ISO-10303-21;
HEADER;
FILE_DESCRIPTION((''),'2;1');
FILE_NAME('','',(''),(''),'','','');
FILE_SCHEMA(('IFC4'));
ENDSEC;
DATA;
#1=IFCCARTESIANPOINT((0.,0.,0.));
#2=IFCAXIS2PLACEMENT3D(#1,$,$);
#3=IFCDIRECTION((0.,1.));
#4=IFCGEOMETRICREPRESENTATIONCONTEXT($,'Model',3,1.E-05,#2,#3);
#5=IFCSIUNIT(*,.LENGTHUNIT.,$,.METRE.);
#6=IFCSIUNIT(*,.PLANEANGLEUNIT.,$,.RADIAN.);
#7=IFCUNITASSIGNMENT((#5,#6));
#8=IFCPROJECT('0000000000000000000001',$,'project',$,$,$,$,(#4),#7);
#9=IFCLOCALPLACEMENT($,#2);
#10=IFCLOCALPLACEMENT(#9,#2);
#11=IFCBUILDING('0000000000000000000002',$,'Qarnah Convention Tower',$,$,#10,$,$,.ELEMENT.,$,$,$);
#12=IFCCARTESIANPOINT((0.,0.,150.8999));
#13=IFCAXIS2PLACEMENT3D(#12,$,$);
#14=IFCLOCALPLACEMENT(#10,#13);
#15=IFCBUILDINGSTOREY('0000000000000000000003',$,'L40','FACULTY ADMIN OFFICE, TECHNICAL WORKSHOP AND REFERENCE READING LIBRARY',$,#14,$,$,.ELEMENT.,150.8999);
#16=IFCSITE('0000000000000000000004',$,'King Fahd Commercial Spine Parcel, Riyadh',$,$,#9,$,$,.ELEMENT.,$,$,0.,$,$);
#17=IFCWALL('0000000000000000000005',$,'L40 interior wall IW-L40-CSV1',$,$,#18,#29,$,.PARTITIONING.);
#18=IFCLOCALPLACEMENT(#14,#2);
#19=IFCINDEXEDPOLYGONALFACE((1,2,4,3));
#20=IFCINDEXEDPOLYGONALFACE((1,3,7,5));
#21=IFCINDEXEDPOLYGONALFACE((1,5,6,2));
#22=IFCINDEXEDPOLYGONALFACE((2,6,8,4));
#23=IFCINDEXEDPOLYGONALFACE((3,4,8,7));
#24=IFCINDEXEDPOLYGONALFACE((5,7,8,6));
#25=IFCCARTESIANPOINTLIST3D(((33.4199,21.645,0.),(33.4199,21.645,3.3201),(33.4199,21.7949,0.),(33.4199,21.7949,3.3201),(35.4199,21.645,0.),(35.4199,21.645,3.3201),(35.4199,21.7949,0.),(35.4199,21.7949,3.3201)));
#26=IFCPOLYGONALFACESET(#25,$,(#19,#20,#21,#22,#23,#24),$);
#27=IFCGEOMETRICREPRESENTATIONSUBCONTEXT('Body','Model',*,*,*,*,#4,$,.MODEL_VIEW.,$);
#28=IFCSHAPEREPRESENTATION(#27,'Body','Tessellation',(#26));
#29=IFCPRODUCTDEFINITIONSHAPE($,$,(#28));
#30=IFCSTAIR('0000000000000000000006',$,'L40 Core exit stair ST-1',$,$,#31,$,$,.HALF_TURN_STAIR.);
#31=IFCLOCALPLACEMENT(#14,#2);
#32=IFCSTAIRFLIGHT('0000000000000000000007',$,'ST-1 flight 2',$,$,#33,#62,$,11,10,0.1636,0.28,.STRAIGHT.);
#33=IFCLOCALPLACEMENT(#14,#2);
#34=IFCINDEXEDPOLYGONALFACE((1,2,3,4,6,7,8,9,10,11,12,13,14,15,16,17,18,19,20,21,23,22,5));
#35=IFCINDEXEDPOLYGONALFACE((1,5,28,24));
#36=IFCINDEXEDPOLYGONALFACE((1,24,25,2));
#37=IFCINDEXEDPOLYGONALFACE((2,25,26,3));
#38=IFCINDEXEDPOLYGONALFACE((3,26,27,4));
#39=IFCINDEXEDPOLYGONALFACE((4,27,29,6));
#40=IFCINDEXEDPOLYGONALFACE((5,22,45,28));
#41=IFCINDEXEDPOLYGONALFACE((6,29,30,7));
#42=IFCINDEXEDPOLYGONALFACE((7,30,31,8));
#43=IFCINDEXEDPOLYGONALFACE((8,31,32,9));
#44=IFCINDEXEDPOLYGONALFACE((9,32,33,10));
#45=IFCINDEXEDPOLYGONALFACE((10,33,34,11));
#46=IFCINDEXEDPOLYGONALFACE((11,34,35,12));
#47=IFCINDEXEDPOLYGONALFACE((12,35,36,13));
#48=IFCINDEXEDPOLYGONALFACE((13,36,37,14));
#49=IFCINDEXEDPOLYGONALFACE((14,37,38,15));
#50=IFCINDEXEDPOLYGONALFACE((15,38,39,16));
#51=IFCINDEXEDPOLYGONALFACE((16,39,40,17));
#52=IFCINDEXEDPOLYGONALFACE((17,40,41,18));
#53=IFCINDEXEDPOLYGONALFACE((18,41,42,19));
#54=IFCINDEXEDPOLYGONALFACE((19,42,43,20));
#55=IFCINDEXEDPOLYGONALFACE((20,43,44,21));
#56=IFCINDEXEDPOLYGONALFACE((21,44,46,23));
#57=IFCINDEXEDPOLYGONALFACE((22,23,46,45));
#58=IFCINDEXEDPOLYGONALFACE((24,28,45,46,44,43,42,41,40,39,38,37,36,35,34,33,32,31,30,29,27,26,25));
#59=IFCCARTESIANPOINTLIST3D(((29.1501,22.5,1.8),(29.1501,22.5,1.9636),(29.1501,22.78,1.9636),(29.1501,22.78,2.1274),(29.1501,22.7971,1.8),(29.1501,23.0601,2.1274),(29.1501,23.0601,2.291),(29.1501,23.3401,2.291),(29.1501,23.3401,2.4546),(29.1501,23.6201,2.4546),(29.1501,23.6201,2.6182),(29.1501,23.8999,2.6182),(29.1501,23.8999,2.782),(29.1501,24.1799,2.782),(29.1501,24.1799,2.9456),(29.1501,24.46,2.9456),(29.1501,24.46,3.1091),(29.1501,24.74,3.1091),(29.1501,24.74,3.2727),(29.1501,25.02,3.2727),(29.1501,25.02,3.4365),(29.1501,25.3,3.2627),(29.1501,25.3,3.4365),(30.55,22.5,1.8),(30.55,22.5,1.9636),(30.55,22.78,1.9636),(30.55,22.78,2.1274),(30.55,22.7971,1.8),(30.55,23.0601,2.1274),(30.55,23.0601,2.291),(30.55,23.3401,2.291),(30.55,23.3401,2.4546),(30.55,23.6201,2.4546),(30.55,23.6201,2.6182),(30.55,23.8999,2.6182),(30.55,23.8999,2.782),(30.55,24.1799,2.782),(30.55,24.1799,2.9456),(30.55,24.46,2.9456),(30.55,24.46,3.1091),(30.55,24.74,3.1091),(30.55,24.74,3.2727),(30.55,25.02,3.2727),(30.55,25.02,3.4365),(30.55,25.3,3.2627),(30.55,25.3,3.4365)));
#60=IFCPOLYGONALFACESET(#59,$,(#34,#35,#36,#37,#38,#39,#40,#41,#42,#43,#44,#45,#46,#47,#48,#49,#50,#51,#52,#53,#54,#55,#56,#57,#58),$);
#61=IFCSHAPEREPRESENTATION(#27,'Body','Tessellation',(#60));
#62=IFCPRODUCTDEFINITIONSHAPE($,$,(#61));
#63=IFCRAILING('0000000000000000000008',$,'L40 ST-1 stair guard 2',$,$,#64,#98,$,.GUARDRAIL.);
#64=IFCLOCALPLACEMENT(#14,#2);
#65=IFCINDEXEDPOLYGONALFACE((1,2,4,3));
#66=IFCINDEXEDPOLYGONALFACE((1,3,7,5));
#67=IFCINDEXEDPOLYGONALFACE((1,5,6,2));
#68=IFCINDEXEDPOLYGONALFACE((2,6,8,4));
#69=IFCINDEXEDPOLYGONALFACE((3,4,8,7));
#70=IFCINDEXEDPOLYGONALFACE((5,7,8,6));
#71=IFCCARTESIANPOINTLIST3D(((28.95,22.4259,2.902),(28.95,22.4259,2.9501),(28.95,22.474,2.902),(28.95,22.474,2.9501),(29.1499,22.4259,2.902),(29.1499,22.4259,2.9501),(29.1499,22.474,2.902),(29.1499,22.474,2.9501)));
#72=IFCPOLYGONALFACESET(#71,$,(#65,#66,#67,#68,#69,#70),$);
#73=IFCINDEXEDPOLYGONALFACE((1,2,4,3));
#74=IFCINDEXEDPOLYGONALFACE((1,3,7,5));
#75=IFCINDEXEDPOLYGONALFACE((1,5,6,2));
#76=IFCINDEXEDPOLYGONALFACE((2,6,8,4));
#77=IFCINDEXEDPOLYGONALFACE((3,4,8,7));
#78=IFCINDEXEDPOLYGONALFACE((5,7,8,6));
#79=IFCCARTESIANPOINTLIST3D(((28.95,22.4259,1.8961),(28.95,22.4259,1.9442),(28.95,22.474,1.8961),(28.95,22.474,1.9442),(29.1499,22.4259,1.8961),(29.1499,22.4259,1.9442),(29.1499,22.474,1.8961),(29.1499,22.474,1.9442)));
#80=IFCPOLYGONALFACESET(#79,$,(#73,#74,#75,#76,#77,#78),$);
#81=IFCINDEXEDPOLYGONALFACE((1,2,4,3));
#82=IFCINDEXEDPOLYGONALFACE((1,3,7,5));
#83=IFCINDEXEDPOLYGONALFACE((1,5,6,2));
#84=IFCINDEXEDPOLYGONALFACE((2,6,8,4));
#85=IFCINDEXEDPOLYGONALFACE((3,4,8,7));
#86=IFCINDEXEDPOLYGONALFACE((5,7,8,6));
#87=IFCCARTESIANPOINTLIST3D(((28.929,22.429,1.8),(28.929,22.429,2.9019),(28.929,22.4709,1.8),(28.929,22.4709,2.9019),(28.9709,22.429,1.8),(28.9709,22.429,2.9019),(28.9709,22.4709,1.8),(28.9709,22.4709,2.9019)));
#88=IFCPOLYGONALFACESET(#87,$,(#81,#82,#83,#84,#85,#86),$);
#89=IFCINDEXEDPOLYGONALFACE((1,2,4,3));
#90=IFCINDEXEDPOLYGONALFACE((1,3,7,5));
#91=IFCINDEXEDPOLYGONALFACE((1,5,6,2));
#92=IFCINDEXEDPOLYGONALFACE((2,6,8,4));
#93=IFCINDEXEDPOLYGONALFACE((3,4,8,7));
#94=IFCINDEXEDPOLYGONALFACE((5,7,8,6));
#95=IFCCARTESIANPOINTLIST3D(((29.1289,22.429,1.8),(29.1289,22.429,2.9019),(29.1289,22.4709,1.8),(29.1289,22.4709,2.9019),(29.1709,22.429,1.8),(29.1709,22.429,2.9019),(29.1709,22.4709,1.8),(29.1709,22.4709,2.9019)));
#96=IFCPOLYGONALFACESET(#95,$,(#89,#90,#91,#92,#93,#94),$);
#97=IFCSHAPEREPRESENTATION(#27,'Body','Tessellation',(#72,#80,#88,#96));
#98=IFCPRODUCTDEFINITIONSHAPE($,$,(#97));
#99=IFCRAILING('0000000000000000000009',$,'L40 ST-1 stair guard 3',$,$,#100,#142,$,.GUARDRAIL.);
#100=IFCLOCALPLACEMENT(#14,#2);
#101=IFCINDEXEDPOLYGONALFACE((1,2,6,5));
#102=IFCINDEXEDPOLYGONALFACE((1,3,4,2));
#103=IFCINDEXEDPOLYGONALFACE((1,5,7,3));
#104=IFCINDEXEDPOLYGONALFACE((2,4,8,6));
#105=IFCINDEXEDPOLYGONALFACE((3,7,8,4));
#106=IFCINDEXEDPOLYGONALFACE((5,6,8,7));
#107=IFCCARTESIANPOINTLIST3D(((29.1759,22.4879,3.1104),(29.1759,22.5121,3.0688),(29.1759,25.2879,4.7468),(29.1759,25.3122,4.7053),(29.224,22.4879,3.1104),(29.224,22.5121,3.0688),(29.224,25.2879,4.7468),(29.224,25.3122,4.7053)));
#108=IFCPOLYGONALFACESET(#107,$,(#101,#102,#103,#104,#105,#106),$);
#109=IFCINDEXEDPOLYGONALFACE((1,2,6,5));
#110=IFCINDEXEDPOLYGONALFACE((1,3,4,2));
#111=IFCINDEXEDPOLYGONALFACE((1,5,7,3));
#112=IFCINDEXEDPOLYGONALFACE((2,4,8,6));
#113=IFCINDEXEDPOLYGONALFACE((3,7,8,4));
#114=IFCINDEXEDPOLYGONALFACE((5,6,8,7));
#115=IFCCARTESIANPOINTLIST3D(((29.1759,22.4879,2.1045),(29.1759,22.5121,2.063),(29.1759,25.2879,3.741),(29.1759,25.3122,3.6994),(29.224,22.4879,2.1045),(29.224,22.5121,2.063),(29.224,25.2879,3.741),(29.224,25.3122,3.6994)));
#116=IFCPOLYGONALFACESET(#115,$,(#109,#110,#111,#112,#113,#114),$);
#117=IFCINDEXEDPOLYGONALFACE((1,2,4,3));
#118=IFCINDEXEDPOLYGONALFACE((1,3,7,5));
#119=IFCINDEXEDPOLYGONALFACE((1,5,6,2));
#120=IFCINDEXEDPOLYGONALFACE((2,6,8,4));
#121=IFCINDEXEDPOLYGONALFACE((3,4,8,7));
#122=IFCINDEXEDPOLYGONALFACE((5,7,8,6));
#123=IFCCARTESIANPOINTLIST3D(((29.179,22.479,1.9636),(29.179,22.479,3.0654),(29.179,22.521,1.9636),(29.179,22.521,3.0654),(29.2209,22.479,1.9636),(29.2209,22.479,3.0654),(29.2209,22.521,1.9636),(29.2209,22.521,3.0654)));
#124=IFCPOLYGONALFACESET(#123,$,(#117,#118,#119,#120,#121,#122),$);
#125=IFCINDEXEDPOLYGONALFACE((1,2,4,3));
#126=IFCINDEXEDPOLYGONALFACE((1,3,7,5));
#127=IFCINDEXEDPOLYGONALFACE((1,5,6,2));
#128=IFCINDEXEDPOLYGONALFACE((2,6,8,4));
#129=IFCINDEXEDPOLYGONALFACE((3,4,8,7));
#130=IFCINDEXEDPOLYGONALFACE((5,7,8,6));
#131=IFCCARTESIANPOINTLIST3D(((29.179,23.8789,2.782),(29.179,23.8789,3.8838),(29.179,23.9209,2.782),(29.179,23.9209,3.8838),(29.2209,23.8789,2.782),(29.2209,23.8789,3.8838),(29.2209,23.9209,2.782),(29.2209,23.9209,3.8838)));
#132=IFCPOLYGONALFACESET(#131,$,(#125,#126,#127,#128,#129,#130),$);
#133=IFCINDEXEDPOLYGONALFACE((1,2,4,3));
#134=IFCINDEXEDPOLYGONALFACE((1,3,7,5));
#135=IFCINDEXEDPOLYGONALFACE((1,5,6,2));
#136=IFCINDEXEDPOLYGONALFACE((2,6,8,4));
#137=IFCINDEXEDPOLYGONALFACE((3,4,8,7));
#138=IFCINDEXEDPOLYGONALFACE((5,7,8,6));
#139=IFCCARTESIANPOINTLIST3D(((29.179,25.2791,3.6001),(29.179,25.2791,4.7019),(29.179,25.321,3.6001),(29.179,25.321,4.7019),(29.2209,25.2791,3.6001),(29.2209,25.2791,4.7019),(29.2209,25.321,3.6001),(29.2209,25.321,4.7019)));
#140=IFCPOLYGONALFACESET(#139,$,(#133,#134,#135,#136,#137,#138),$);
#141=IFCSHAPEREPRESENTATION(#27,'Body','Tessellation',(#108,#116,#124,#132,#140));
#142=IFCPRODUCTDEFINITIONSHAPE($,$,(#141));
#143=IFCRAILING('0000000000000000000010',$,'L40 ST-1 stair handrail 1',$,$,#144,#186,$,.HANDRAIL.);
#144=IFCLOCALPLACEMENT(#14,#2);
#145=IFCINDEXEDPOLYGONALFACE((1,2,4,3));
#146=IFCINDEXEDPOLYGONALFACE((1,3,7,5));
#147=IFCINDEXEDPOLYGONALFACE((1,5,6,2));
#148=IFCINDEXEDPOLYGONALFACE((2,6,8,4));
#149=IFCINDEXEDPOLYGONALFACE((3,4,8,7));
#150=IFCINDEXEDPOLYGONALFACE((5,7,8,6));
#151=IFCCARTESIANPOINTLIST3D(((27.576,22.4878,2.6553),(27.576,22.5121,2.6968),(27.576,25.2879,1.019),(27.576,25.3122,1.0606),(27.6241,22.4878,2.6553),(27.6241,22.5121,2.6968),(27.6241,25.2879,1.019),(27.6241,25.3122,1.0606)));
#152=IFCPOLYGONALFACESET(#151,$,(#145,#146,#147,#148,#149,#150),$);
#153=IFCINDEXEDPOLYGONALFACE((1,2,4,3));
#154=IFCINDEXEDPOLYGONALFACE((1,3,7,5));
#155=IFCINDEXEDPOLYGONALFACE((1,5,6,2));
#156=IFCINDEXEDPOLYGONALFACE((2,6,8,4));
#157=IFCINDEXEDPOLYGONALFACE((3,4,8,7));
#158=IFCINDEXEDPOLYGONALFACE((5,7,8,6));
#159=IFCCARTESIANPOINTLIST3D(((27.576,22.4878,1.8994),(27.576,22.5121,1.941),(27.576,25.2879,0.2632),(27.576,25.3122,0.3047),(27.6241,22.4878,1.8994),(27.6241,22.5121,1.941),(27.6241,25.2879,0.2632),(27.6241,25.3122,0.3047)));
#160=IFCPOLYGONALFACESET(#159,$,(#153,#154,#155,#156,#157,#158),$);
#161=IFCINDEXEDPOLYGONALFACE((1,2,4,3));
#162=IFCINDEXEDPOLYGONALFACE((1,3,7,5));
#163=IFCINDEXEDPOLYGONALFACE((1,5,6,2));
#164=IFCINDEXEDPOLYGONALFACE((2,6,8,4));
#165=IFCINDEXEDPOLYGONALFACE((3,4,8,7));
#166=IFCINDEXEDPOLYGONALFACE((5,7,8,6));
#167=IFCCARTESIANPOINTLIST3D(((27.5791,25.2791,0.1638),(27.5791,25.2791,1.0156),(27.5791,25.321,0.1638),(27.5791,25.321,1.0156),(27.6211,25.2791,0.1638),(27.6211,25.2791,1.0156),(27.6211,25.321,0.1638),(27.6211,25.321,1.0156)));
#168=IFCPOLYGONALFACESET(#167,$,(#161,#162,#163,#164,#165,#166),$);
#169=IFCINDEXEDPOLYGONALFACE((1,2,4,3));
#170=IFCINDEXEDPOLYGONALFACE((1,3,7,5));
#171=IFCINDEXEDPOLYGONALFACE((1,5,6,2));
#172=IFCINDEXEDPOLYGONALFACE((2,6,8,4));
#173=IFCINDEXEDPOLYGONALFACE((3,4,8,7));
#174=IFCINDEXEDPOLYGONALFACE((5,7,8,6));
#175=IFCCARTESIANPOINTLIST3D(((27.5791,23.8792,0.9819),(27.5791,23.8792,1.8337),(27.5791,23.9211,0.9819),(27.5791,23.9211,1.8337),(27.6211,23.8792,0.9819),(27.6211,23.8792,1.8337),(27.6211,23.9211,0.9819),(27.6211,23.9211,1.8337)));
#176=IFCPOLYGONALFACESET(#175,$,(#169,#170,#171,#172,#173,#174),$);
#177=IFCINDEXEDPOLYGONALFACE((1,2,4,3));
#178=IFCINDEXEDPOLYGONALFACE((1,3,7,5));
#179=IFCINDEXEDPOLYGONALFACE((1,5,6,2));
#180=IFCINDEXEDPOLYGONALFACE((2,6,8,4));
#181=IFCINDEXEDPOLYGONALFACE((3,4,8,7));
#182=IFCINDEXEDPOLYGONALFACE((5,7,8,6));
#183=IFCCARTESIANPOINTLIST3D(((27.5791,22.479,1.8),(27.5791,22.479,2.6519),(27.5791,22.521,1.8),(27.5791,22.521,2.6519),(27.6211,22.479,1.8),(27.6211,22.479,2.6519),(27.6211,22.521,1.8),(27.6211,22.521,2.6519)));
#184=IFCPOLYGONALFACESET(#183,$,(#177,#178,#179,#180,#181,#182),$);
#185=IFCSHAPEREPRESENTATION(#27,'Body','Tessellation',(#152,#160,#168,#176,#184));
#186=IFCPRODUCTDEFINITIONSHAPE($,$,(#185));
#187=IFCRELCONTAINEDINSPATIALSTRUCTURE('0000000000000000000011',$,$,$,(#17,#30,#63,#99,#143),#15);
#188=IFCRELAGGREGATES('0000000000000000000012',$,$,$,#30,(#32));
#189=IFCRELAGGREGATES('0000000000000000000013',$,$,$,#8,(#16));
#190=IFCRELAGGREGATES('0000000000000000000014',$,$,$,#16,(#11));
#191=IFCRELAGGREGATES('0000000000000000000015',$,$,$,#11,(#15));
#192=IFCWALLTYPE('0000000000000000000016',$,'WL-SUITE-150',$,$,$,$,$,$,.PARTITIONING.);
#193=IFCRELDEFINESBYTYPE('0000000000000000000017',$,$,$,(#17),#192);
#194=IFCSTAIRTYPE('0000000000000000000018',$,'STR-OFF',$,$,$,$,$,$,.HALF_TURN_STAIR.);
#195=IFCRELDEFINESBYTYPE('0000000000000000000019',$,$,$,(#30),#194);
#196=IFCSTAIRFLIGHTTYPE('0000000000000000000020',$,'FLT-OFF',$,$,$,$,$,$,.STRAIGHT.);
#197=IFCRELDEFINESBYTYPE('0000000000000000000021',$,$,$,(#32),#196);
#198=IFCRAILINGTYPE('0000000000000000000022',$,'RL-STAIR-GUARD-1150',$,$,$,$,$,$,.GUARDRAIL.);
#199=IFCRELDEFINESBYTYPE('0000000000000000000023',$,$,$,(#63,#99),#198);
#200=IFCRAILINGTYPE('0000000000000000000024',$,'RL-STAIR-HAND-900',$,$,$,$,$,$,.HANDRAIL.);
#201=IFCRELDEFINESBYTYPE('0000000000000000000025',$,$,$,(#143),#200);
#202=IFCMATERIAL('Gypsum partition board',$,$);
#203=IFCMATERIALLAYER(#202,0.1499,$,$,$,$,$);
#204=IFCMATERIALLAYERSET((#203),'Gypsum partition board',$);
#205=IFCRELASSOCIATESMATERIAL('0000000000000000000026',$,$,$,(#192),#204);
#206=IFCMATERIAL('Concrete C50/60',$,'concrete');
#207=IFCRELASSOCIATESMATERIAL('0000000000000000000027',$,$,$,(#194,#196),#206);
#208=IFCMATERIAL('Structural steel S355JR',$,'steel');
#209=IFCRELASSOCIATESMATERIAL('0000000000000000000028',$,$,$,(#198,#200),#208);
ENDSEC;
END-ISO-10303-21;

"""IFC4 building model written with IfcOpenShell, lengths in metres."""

from ifc_helpers import new_model, si_unit, direction, frame, frame_2d, origin, origin_2d, place, context, subcontext, project, spatial, polyline, rectangle, outline, extrude, material, layer, layer_set, type_object, element, aggregate, save


model = new_model("IFC4")

# Units and contexts
model_context = context("Model", 3, precision=1e-05, world=origin(), true_north=direction((0.0, 1.0)))
body_context = subcontext(model_context, "Body", "Model", "MODEL_VIEW")
ifc_project = project(units=[si_unit("LENGTHUNIT", "METRE"), si_unit("PLANEANGLEUNIT", "RADIAN")], contexts=[model_context])

# Site, building, storey
site_placement = place(None, origin())
site = spatial("IfcSite", under=ifc_project, at=site_placement, Name="King Fahd Commercial Spine Parcel, Riyadh", CompositionType="ELEMENT", RefElevation=0.0)
building_placement = place(site_placement, origin())
building = spatial("IfcBuilding", under=site, at=building_placement, Name="Qarnah Convention Tower", CompositionType="ELEMENT")
storey_placement = place(building_placement, frame((0.0, 0.0, 150.8999)))
storey = spatial("IfcBuildingStorey", under=building, at=storey_placement, Name="L40", Description="FACULTY ADMIN OFFICE, TECHNICAL WORKSHOP AND REFERENCE READING LIBRARY", CompositionType="ELEMENT", Elevation=150.8999)

# Shared definitions
ifc_material_1 = material(Name="Structural steel S355JR", Category="steel")

# Wall
ifc_material_2 = material(Name="Gypsum partition board")
ifc_layer_1 = layer(ifc_material_2, 0.1499)
ifc_layer_set_1 = layer_set([ifc_layer_1], Name="Gypsum partition board")
wall_type_1 = type_object("IfcWallType", Name="WL-SUITE-150", PredefinedType="PARTITIONING", material=ifc_layer_set_1)
wall_1_placement = place(storey_placement, frame((33.4199, 21.72, 0.0), z_axis=(0.0, 0.0, 1.0), x_axis=(1.0, 0.0, 0.0)))
element("IfcWall", 1, at=wall_1_placement, inside=storey, type_object=wall_type_1, Name="L40 interior wall IW-L40-CSV1", PredefinedType="PARTITIONING", context=body_context, shape_type="SweptSolid", body=[
    extrude(rectangle(XDim=2.0, YDim=0.1499, at=frame_2d((1.0, 0.0))), origin(), (0.0, 0.0, 1.0), 3.3201),
])

# Stair, stair flight
ifc_material_3 = material(Name="Concrete C50/60", Category="concrete")
stair_type = type_object("IfcStairType", Name="STR-OFF", PredefinedType="HALF_TURN_STAIR", material=ifc_material_3)
stair_placement = place(storey_placement, origin())
stair = element("IfcStair", 2, at=stair_placement, inside=storey, type_object=stair_type, Name="L40 Core exit stair ST-1", PredefinedType="HALF_TURN_STAIR")
stair_flight_type = type_object("IfcStairFlightType", Name="FLT-OFF", PredefinedType="STRAIGHT", material=ifc_material_3)
stair_flight_placement = place(storey_placement, frame((29.8501, 22.5, 1.8), z_axis=(0.0, 0.0, 1.0), x_axis=(0.0, 1.0, 0.0)))
stair_flight = element("IfcStairFlight", 3, at=stair_flight_placement, type_object=stair_flight_type, Name="ST-1 flight 2", NumberOfRisers=11, NumberOfTreads=10, PredefinedType="STRAIGHT", RiserHeight=0.1636, TreadLength=0.28, context=body_context, shape_type="SweptSolid", body=[
    extrude(outline(polyline([(0.0, 0.0), (0.0, 0.1636), (0.28, 0.1636), (0.28, 0.3274), (0.5601, 0.3274), (0.5601, 0.491), (0.8401, 0.491), (0.8401, 0.6545), (1.1201, 0.6545), (1.1201, 0.8181), (1.3999, 0.8181), (1.3999, 0.9819), (1.6799, 0.9819), (1.6799, 1.1455), (1.96, 1.1455), (1.96, 1.3091), (2.24, 1.3091), (2.24, 1.4727), (2.52, 1.4727), (2.52, 1.6365), (2.8, 1.6365), (2.8, 1.8), (2.8, 1.4626), (0.2971, 0.0), (0.0, 0.0)])), frame((0.0, 0.7, 0.0), z_axis=(0.0, -1.0, 0.0), x_axis=(1.0, 0.0, 0.0)), (0.0, 0.0, 1.0), 1.3999),
])
aggregate(stair, [stair_flight])

# Railings
railing_type_1 = type_object("IfcRailingType", Name="RL-STAIR-GUARD-1150", PredefinedType="GUARDRAIL", material=ifc_material_1)
railing_1_placement = place(storey_placement, frame((28.95, 22.45, 1.8)))
element("IfcRailing", 4, at=railing_1_placement, inside=storey, type_object=railing_type_1, Name="L40 ST-1 stair guard 2", PredefinedType="GUARDRAIL", context=body_context, shape_type="SweptSolid", body=[
    extrude(rectangle(XDim=0.0481, YDim=0.0481, at=origin_2d()), frame((0.0, 0.0, 1.126), z_axis=(1.0, 0.0, 0.0), x_axis=(0.0, 1.0, 0.0)), (0.0, 0.0, 1.0), 0.2),
    extrude(rectangle(XDim=0.0481, YDim=0.0481, at=origin_2d()), frame((0.0, 0.0, 0.1201), z_axis=(1.0, 0.0, 0.0), x_axis=(0.0, 1.0, 0.0)), (0.0, 0.0, 1.0), 0.2),
    extrude(rectangle(XDim=0.042, YDim=0.042, at=origin_2d()), origin(), (0.0, 0.0, 1.0), 1.1018),
    extrude(rectangle(XDim=0.042, YDim=0.042, at=origin_2d()), frame((0.2, 0.0, 0.0)), (0.0, 0.0, 1.0), 1.1018),
])
railing_2_placement = place(storey_placement, frame((29.2, 22.5, 1.9636)))
element("IfcRailing", 5, at=railing_2_placement, inside=storey, type_object=railing_type_1, Name="L40 ST-1 stair guard 3", PredefinedType="GUARDRAIL", context=body_context, shape_type="SweptSolid", body=[
    extrude(rectangle(XDim=0.0481, YDim=0.0481, at=origin_2d()), frame((0.0, 0.0, 1.126), z_axis=(0.0, 0.863361, 0.504587), x_axis=(-1.0, 0.0, 0.0)), (0.0, 0.0, 1.0), 3.2432),
    extrude(rectangle(XDim=0.0481, YDim=0.0481, at=origin_2d()), frame((0.0, 0.0, 0.1201), z_axis=(0.0, 0.863361, 0.504587), x_axis=(-1.0, 0.0, 0.0)), (0.0, 0.0, 1.0), 3.2432),
    extrude(rectangle(XDim=0.042, YDim=0.042, at=origin_2d()), origin(), (0.0, 0.0, 1.0), 1.1018),
    extrude(rectangle(XDim=0.042, YDim=0.042, at=origin_2d()), frame((0.0, 1.3999, 0.8184)), (0.0, 0.0, 1.0), 1.1018),
    extrude(rectangle(XDim=0.042, YDim=0.042, at=origin_2d()), frame((0.0, 2.8, 1.6365)), (0.0, 0.0, 1.0), 1.1018),
])
railing_type_2 = type_object("IfcRailingType", Name="RL-STAIR-HAND-900", PredefinedType="HANDRAIL", material=ifc_material_1)
railing_3_placement = place(storey_placement, frame((27.6001, 25.3, 0.1638)))
element("IfcRailing", 6, at=railing_3_placement, inside=storey, type_object=railing_type_2, Name="L40 ST-1 stair handrail 1", PredefinedType="HANDRAIL", context=body_context, shape_type="SweptSolid", body=[
    extrude(rectangle(XDim=0.0481, YDim=0.0481, at=origin_2d()), frame((0.0, 0.0, 0.876), z_axis=(0.0, -0.863394, 0.504531), x_axis=(1.0, 0.0, 0.0)), (0.0, 0.0, 1.0), 3.2432),
    extrude(rectangle(XDim=0.0481, YDim=0.0481, at=origin_2d()), frame((0.0, 0.0, 0.1201), z_axis=(0.0, -0.863394, 0.504531), x_axis=(1.0, 0.0, 0.0)), (0.0, 0.0, 1.0), 3.2432),
    extrude(rectangle(XDim=0.042, YDim=0.042, at=origin_2d()), origin(), (0.0, 0.0, 1.0), 0.8518),
    extrude(rectangle(XDim=0.042, YDim=0.042, at=origin_2d()), frame((0.0, -1.3999, 0.8181)), (0.0, 0.0, 1.0), 0.8518),
    extrude(rectangle(XDim=0.042, YDim=0.042, at=origin_2d()), frame((0.0, -2.8, 1.6362)), (0.0, 0.0, 1.0), 0.8518),
])

save(model, "model.ifc")
